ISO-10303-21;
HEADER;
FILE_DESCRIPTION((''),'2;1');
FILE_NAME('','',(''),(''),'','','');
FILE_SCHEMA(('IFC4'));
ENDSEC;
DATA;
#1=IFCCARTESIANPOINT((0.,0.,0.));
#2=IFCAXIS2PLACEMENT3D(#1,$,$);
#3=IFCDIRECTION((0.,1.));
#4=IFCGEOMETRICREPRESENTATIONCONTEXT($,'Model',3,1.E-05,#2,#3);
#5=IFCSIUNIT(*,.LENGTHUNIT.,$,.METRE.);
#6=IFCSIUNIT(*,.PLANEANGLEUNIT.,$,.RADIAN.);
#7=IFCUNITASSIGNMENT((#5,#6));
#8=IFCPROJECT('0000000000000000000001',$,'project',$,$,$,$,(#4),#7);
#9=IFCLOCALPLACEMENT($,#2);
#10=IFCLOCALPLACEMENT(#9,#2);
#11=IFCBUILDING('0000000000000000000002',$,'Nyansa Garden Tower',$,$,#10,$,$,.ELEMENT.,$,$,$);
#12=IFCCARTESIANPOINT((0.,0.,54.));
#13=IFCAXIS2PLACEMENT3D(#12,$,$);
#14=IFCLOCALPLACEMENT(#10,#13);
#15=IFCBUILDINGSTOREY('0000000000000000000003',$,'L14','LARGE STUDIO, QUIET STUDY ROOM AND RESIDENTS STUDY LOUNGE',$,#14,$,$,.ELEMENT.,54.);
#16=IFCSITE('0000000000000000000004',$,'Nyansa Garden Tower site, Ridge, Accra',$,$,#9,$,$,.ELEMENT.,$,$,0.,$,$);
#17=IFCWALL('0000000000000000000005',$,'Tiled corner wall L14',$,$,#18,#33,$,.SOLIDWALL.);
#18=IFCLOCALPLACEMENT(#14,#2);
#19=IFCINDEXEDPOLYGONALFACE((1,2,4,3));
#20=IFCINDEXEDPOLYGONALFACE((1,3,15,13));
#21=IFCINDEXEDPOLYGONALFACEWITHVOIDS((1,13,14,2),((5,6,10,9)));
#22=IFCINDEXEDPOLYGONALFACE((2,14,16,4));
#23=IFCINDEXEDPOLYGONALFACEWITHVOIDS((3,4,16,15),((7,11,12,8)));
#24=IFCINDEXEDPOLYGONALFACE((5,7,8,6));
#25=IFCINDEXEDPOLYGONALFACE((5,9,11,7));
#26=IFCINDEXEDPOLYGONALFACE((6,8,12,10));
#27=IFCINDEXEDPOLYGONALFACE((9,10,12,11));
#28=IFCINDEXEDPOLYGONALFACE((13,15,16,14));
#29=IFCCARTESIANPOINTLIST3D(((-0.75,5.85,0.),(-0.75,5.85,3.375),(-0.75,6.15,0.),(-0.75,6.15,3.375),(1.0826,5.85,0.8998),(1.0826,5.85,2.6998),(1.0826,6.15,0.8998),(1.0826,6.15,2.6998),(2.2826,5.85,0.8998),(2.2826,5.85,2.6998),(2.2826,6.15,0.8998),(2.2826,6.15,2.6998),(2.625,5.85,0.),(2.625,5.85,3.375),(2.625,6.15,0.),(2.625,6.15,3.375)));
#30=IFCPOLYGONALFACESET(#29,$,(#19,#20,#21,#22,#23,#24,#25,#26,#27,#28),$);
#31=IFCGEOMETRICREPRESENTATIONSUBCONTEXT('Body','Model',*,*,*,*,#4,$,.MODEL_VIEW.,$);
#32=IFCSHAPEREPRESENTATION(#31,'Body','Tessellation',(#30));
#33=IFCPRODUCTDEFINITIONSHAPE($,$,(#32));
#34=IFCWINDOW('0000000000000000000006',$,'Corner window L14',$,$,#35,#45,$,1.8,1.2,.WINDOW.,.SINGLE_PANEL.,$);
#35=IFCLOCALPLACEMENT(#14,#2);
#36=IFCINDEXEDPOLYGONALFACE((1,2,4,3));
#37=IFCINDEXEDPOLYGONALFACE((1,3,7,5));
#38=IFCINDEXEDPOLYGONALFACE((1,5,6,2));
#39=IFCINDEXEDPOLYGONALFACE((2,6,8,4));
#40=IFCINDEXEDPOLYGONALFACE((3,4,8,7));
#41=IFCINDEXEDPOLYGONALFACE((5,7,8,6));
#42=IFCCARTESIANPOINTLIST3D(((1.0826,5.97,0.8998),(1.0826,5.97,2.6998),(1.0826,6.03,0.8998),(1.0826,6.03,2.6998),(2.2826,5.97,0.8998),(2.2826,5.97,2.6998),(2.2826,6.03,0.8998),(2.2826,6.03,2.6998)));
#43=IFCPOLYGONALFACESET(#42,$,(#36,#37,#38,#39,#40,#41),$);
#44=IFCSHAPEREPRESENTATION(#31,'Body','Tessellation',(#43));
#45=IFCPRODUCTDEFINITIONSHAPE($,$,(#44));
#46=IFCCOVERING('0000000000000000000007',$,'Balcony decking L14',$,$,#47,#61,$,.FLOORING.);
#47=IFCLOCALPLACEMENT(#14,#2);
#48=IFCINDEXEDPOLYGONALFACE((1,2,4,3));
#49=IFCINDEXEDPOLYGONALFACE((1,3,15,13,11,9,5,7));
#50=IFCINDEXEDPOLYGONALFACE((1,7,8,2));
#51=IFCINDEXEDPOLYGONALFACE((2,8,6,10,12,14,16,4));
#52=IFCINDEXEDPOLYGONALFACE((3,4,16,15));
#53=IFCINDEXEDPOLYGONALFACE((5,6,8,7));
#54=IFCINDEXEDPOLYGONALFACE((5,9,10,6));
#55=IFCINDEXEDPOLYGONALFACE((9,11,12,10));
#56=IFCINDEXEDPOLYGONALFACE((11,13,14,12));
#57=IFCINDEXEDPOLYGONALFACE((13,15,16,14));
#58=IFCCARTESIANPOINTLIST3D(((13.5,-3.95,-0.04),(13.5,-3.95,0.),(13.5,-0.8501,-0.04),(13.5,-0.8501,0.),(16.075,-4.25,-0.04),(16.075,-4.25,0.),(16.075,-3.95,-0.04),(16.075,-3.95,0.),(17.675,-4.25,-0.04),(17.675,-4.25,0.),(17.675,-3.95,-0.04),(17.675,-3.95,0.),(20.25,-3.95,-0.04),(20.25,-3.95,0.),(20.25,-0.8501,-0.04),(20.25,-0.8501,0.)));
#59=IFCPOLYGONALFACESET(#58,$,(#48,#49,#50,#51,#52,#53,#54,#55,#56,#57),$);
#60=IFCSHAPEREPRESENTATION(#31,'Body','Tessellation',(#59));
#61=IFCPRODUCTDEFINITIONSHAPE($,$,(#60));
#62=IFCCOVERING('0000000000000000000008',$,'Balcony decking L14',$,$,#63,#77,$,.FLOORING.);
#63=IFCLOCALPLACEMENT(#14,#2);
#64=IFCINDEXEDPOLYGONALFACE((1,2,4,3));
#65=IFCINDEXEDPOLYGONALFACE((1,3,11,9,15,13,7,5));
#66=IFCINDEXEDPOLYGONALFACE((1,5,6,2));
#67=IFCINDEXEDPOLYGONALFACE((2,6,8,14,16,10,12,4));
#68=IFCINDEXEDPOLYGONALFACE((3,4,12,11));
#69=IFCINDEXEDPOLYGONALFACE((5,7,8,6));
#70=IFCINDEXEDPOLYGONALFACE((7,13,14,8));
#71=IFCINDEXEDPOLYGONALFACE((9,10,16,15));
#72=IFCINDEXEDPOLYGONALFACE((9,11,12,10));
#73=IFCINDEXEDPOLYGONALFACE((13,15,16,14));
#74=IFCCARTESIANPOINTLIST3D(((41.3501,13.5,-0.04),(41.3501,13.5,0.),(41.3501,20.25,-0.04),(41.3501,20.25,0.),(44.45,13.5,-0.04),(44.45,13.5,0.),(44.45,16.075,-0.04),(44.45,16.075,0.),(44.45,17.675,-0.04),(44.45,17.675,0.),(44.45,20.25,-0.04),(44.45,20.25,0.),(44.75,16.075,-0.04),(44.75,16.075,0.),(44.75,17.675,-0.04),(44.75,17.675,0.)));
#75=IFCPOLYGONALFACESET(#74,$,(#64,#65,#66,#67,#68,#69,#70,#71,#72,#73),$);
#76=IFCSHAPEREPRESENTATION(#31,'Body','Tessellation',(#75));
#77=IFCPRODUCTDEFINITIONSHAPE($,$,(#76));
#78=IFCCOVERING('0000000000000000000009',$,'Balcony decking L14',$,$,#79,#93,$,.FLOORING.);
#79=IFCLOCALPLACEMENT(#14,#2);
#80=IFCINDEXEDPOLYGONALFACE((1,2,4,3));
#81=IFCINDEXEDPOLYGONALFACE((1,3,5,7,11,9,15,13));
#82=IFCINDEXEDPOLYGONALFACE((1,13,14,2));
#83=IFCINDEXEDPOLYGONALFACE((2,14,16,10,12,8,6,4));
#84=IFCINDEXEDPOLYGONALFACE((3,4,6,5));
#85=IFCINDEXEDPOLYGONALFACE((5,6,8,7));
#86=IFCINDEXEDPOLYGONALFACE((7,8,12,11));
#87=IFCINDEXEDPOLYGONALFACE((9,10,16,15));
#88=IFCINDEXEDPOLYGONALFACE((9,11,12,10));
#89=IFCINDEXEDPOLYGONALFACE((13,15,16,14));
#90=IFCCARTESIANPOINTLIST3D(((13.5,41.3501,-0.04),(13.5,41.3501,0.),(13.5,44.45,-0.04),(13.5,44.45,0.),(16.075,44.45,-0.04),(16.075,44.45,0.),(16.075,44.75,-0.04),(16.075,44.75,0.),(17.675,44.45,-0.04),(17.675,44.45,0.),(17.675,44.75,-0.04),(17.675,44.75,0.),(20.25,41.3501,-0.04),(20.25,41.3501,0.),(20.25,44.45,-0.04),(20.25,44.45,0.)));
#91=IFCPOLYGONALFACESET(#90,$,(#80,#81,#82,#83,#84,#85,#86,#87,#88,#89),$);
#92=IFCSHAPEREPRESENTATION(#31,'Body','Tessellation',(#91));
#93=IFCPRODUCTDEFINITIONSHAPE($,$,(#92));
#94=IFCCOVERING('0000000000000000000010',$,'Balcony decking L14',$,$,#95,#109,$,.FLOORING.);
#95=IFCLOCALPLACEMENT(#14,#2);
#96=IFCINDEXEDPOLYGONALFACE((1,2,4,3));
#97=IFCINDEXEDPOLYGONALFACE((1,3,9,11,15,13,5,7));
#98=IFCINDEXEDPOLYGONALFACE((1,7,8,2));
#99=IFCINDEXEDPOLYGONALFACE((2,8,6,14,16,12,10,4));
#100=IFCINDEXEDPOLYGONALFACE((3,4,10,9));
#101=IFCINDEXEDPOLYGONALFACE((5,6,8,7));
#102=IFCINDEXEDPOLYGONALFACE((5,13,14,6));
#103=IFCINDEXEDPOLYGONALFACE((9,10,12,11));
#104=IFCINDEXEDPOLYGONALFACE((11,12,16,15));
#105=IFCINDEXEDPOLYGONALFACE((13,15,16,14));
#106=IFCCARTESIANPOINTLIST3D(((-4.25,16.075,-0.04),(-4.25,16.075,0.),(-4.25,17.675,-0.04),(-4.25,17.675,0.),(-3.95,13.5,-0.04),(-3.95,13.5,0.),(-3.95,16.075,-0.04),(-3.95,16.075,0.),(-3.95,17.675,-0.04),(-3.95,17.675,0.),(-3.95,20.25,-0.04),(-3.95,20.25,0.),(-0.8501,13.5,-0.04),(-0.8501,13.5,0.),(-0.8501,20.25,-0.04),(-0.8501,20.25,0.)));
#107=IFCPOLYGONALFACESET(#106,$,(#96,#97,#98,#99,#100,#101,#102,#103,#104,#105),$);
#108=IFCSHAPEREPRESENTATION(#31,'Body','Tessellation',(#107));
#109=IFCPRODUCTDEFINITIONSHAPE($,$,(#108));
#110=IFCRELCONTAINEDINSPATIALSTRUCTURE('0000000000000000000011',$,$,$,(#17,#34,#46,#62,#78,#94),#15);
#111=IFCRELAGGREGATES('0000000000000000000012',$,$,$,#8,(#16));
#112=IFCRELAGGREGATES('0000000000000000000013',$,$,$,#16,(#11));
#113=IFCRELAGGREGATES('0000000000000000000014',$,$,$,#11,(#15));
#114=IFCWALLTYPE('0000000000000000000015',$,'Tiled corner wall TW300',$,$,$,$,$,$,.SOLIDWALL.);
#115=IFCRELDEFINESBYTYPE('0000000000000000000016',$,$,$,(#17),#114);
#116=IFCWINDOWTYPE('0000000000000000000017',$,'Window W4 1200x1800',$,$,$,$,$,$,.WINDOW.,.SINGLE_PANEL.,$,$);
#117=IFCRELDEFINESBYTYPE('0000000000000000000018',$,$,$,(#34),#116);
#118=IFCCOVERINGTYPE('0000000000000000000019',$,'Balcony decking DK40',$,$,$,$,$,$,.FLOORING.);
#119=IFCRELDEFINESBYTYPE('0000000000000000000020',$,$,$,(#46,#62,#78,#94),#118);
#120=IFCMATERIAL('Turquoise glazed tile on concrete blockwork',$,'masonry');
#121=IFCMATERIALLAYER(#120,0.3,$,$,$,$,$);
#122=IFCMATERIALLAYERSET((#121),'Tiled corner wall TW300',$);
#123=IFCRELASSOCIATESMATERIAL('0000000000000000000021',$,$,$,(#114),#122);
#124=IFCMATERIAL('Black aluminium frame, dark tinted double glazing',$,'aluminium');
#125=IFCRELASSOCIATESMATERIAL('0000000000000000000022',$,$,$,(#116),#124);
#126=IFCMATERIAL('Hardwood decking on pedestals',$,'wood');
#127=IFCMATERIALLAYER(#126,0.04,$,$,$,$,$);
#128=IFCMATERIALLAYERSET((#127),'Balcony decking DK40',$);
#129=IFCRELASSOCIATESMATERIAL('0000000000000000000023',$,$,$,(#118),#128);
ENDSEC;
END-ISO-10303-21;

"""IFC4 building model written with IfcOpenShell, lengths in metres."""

from ifc_helpers import new_model, si_unit, direction, frame, frame_2d, origin, place, context, subcontext, project, spatial, polyline, rectangle, outline, extrude, material, layer, layer_set, type_object, element, fill, save


model = new_model("IFC4")

# Units and contexts
model_context = context("Model", 3, precision=1e-05, world=origin(), true_north=direction((0.0, 1.0)))
body_context = subcontext(model_context, "Body", "Model", "MODEL_VIEW")
ifc_project = project(units=[si_unit("LENGTHUNIT", "METRE"), si_unit("PLANEANGLEUNIT", "RADIAN")], contexts=[model_context])

# Site, building, storey
site_placement = place(None, origin())
site = spatial("IfcSite", under=ifc_project, at=site_placement, Name="Nyansa Garden Tower site, Ridge, Accra", CompositionType="ELEMENT", RefElevation=0.0)
building_placement = place(site_placement, origin())
building = spatial("IfcBuilding", under=site, at=building_placement, Name="Nyansa Garden Tower", CompositionType="ELEMENT")
storey_placement = place(building_placement, frame((0.0, 0.0, 54.0)))
storey = spatial("IfcBuildingStorey", under=building, at=storey_placement, Name="L14", Description="LARGE STUDIO, QUIET STUDY ROOM AND RESIDENTS STUDY LOUNGE", CompositionType="ELEMENT", Elevation=54.0)

# Wall, opening, window
ifc_material_1 = material(Name="Turquoise glazed tile on concrete blockwork", Category="masonry")
ifc_layer_1 = layer(ifc_material_1, 0.3)
ifc_layer_set_1 = layer_set([ifc_layer_1], Name="Tiled corner wall TW300")
wall_type = type_object("IfcWallType", Name="Tiled corner wall TW300", PredefinedType="SOLIDWALL", material=ifc_layer_set_1)
wall_placement = place(storey_placement, frame((-0.75, 6.0, 0.0), z_axis=(0.0, 0.0, 1.0), x_axis=(1.0, 0.0, 0.0)))
wall = element("IfcWall", 1, at=wall_placement, inside=storey, type_object=wall_type, Name="Tiled corner wall L14", PredefinedType="SOLIDWALL", context=body_context, shape_type="SweptSolid", body=[
    extrude(rectangle(XDim=3.375, YDim=0.3, at=frame_2d((1.6875, 0.0))), origin(), (0.0, 0.0, 1.0), 3.375),
])
opening_placement = place(wall_placement, frame((1.8325, 0.0, 0.8999)))
opening = element("IfcOpeningElement", 2, at=opening_placement, cuts=wall, PredefinedType="OPENING", context=body_context, shape_type="SweptSolid", body=[
    extrude(rectangle(XDim=1.2, YDim=1.8, at=frame_2d((0.6001, 0.8999))), frame((0.0, 0.1599, 0.0), z_axis=(0.0, -1.0, 0.0), x_axis=(1.0, 0.0, 0.0)), (0.0, 0.0, 1.0), 0.3201),
])
ifc_material_2 = material(Name="Black aluminium frame, dark tinted double glazing", Category="aluminium")
window_type = type_object("IfcWindowType", Name="Window W4 1200x1800", PartitioningType="SINGLE_PANEL", PredefinedType="WINDOW", material=ifc_material_2)
window_placement = place(opening_placement, origin())
window = element("IfcWindow", 3, at=window_placement, inside=storey, type_object=window_type, Name="Corner window L14", OverallHeight=1.8, OverallWidth=1.2, PartitioningType="SINGLE_PANEL", PredefinedType="WINDOW", context=body_context, shape_type="SweptSolid", body=[
    extrude(rectangle(XDim=1.2, YDim=1.8, at=frame_2d((0.6001, 0.8999))), frame((0.0, 0.03, 0.0), z_axis=(0.0, -1.0, 0.0), x_axis=(1.0, 0.0, 0.0)), (0.0, 0.0, 1.0), 0.0601),
])
fill(opening, window)

# Coverings
ifc_material_3 = material(Name="Hardwood decking on pedestals", Category="wood")
ifc_layer_2 = layer(ifc_material_3, 0.04)
ifc_layer_set_2 = layer_set([ifc_layer_2], Name="Balcony decking DK40")
covering_type = type_object("IfcCoveringType", Name="Balcony decking DK40", PredefinedType="FLOORING", material=ifc_layer_set_2)
covering_1_placement = place(storey_placement, frame((0.0, 0.0, -0.04)))
element("IfcCovering", 4, at=covering_1_placement, inside=storey, type_object=covering_type, Name="Balcony decking L14", PredefinedType="FLOORING", context=body_context, shape_type="SweptSolid", body=[
    extrude(outline(polyline([(13.5, -0.8501), (20.25, -0.8501), (20.25, -3.95), (17.675, -3.95), (17.675, -4.25), (16.075, -4.25), (16.075, -3.95), (13.5, -3.95), (13.5, -0.8501)])), origin(), (0.0, 0.0, 1.0), 0.04),
])
covering_2_placement = place(storey_placement, frame((0.0, 0.0, -0.04)))
element("IfcCovering", 5, at=covering_2_placement, inside=storey, type_object=covering_type, Name="Balcony decking L14", PredefinedType="FLOORING", context=body_context, shape_type="SweptSolid", body=[
    extrude(outline(polyline([(41.3501, 13.5), (41.3501, 20.25), (44.45, 20.25), (44.45, 17.675), (44.75, 17.675), (44.75, 16.075), (44.45, 16.075), (44.45, 13.5), (41.3501, 13.5)])), origin(), (0.0, 0.0, 1.0), 0.04),
])
covering_3_placement = place(storey_placement, frame((0.0, 0.0, -0.04)))
element("IfcCovering", 6, at=covering_3_placement, inside=storey, type_object=covering_type, Name="Balcony decking L14", PredefinedType="FLOORING", context=body_context, shape_type="SweptSolid", body=[
    extrude(outline(polyline([(13.5, 41.3501), (20.25, 41.3501), (20.25, 44.45), (17.675, 44.45), (17.675, 44.75), (16.075, 44.75), (16.075, 44.45), (13.5, 44.45), (13.5, 41.3501)])), origin(), (0.0, 0.0, 1.0), 0.04),
])
covering_4_placement = place(storey_placement, frame((0.0, 0.0, -0.04)))
element("IfcCovering", 7, at=covering_4_placement, inside=storey, type_object=covering_type, Name="Balcony decking L14", PredefinedType="FLOORING", context=body_context, shape_type="SweptSolid", body=[
    extrude(outline(polyline([(-0.8501, 13.5), (-0.8501, 20.25), (-3.95, 20.25), (-3.95, 17.675), (-4.25, 17.675), (-4.25, 16.075), (-3.95, 16.075), (-3.95, 13.5), (-0.8501, 13.5)])), origin(), (0.0, 0.0, 1.0), 0.04),
])

save(model, "model.ifc")
